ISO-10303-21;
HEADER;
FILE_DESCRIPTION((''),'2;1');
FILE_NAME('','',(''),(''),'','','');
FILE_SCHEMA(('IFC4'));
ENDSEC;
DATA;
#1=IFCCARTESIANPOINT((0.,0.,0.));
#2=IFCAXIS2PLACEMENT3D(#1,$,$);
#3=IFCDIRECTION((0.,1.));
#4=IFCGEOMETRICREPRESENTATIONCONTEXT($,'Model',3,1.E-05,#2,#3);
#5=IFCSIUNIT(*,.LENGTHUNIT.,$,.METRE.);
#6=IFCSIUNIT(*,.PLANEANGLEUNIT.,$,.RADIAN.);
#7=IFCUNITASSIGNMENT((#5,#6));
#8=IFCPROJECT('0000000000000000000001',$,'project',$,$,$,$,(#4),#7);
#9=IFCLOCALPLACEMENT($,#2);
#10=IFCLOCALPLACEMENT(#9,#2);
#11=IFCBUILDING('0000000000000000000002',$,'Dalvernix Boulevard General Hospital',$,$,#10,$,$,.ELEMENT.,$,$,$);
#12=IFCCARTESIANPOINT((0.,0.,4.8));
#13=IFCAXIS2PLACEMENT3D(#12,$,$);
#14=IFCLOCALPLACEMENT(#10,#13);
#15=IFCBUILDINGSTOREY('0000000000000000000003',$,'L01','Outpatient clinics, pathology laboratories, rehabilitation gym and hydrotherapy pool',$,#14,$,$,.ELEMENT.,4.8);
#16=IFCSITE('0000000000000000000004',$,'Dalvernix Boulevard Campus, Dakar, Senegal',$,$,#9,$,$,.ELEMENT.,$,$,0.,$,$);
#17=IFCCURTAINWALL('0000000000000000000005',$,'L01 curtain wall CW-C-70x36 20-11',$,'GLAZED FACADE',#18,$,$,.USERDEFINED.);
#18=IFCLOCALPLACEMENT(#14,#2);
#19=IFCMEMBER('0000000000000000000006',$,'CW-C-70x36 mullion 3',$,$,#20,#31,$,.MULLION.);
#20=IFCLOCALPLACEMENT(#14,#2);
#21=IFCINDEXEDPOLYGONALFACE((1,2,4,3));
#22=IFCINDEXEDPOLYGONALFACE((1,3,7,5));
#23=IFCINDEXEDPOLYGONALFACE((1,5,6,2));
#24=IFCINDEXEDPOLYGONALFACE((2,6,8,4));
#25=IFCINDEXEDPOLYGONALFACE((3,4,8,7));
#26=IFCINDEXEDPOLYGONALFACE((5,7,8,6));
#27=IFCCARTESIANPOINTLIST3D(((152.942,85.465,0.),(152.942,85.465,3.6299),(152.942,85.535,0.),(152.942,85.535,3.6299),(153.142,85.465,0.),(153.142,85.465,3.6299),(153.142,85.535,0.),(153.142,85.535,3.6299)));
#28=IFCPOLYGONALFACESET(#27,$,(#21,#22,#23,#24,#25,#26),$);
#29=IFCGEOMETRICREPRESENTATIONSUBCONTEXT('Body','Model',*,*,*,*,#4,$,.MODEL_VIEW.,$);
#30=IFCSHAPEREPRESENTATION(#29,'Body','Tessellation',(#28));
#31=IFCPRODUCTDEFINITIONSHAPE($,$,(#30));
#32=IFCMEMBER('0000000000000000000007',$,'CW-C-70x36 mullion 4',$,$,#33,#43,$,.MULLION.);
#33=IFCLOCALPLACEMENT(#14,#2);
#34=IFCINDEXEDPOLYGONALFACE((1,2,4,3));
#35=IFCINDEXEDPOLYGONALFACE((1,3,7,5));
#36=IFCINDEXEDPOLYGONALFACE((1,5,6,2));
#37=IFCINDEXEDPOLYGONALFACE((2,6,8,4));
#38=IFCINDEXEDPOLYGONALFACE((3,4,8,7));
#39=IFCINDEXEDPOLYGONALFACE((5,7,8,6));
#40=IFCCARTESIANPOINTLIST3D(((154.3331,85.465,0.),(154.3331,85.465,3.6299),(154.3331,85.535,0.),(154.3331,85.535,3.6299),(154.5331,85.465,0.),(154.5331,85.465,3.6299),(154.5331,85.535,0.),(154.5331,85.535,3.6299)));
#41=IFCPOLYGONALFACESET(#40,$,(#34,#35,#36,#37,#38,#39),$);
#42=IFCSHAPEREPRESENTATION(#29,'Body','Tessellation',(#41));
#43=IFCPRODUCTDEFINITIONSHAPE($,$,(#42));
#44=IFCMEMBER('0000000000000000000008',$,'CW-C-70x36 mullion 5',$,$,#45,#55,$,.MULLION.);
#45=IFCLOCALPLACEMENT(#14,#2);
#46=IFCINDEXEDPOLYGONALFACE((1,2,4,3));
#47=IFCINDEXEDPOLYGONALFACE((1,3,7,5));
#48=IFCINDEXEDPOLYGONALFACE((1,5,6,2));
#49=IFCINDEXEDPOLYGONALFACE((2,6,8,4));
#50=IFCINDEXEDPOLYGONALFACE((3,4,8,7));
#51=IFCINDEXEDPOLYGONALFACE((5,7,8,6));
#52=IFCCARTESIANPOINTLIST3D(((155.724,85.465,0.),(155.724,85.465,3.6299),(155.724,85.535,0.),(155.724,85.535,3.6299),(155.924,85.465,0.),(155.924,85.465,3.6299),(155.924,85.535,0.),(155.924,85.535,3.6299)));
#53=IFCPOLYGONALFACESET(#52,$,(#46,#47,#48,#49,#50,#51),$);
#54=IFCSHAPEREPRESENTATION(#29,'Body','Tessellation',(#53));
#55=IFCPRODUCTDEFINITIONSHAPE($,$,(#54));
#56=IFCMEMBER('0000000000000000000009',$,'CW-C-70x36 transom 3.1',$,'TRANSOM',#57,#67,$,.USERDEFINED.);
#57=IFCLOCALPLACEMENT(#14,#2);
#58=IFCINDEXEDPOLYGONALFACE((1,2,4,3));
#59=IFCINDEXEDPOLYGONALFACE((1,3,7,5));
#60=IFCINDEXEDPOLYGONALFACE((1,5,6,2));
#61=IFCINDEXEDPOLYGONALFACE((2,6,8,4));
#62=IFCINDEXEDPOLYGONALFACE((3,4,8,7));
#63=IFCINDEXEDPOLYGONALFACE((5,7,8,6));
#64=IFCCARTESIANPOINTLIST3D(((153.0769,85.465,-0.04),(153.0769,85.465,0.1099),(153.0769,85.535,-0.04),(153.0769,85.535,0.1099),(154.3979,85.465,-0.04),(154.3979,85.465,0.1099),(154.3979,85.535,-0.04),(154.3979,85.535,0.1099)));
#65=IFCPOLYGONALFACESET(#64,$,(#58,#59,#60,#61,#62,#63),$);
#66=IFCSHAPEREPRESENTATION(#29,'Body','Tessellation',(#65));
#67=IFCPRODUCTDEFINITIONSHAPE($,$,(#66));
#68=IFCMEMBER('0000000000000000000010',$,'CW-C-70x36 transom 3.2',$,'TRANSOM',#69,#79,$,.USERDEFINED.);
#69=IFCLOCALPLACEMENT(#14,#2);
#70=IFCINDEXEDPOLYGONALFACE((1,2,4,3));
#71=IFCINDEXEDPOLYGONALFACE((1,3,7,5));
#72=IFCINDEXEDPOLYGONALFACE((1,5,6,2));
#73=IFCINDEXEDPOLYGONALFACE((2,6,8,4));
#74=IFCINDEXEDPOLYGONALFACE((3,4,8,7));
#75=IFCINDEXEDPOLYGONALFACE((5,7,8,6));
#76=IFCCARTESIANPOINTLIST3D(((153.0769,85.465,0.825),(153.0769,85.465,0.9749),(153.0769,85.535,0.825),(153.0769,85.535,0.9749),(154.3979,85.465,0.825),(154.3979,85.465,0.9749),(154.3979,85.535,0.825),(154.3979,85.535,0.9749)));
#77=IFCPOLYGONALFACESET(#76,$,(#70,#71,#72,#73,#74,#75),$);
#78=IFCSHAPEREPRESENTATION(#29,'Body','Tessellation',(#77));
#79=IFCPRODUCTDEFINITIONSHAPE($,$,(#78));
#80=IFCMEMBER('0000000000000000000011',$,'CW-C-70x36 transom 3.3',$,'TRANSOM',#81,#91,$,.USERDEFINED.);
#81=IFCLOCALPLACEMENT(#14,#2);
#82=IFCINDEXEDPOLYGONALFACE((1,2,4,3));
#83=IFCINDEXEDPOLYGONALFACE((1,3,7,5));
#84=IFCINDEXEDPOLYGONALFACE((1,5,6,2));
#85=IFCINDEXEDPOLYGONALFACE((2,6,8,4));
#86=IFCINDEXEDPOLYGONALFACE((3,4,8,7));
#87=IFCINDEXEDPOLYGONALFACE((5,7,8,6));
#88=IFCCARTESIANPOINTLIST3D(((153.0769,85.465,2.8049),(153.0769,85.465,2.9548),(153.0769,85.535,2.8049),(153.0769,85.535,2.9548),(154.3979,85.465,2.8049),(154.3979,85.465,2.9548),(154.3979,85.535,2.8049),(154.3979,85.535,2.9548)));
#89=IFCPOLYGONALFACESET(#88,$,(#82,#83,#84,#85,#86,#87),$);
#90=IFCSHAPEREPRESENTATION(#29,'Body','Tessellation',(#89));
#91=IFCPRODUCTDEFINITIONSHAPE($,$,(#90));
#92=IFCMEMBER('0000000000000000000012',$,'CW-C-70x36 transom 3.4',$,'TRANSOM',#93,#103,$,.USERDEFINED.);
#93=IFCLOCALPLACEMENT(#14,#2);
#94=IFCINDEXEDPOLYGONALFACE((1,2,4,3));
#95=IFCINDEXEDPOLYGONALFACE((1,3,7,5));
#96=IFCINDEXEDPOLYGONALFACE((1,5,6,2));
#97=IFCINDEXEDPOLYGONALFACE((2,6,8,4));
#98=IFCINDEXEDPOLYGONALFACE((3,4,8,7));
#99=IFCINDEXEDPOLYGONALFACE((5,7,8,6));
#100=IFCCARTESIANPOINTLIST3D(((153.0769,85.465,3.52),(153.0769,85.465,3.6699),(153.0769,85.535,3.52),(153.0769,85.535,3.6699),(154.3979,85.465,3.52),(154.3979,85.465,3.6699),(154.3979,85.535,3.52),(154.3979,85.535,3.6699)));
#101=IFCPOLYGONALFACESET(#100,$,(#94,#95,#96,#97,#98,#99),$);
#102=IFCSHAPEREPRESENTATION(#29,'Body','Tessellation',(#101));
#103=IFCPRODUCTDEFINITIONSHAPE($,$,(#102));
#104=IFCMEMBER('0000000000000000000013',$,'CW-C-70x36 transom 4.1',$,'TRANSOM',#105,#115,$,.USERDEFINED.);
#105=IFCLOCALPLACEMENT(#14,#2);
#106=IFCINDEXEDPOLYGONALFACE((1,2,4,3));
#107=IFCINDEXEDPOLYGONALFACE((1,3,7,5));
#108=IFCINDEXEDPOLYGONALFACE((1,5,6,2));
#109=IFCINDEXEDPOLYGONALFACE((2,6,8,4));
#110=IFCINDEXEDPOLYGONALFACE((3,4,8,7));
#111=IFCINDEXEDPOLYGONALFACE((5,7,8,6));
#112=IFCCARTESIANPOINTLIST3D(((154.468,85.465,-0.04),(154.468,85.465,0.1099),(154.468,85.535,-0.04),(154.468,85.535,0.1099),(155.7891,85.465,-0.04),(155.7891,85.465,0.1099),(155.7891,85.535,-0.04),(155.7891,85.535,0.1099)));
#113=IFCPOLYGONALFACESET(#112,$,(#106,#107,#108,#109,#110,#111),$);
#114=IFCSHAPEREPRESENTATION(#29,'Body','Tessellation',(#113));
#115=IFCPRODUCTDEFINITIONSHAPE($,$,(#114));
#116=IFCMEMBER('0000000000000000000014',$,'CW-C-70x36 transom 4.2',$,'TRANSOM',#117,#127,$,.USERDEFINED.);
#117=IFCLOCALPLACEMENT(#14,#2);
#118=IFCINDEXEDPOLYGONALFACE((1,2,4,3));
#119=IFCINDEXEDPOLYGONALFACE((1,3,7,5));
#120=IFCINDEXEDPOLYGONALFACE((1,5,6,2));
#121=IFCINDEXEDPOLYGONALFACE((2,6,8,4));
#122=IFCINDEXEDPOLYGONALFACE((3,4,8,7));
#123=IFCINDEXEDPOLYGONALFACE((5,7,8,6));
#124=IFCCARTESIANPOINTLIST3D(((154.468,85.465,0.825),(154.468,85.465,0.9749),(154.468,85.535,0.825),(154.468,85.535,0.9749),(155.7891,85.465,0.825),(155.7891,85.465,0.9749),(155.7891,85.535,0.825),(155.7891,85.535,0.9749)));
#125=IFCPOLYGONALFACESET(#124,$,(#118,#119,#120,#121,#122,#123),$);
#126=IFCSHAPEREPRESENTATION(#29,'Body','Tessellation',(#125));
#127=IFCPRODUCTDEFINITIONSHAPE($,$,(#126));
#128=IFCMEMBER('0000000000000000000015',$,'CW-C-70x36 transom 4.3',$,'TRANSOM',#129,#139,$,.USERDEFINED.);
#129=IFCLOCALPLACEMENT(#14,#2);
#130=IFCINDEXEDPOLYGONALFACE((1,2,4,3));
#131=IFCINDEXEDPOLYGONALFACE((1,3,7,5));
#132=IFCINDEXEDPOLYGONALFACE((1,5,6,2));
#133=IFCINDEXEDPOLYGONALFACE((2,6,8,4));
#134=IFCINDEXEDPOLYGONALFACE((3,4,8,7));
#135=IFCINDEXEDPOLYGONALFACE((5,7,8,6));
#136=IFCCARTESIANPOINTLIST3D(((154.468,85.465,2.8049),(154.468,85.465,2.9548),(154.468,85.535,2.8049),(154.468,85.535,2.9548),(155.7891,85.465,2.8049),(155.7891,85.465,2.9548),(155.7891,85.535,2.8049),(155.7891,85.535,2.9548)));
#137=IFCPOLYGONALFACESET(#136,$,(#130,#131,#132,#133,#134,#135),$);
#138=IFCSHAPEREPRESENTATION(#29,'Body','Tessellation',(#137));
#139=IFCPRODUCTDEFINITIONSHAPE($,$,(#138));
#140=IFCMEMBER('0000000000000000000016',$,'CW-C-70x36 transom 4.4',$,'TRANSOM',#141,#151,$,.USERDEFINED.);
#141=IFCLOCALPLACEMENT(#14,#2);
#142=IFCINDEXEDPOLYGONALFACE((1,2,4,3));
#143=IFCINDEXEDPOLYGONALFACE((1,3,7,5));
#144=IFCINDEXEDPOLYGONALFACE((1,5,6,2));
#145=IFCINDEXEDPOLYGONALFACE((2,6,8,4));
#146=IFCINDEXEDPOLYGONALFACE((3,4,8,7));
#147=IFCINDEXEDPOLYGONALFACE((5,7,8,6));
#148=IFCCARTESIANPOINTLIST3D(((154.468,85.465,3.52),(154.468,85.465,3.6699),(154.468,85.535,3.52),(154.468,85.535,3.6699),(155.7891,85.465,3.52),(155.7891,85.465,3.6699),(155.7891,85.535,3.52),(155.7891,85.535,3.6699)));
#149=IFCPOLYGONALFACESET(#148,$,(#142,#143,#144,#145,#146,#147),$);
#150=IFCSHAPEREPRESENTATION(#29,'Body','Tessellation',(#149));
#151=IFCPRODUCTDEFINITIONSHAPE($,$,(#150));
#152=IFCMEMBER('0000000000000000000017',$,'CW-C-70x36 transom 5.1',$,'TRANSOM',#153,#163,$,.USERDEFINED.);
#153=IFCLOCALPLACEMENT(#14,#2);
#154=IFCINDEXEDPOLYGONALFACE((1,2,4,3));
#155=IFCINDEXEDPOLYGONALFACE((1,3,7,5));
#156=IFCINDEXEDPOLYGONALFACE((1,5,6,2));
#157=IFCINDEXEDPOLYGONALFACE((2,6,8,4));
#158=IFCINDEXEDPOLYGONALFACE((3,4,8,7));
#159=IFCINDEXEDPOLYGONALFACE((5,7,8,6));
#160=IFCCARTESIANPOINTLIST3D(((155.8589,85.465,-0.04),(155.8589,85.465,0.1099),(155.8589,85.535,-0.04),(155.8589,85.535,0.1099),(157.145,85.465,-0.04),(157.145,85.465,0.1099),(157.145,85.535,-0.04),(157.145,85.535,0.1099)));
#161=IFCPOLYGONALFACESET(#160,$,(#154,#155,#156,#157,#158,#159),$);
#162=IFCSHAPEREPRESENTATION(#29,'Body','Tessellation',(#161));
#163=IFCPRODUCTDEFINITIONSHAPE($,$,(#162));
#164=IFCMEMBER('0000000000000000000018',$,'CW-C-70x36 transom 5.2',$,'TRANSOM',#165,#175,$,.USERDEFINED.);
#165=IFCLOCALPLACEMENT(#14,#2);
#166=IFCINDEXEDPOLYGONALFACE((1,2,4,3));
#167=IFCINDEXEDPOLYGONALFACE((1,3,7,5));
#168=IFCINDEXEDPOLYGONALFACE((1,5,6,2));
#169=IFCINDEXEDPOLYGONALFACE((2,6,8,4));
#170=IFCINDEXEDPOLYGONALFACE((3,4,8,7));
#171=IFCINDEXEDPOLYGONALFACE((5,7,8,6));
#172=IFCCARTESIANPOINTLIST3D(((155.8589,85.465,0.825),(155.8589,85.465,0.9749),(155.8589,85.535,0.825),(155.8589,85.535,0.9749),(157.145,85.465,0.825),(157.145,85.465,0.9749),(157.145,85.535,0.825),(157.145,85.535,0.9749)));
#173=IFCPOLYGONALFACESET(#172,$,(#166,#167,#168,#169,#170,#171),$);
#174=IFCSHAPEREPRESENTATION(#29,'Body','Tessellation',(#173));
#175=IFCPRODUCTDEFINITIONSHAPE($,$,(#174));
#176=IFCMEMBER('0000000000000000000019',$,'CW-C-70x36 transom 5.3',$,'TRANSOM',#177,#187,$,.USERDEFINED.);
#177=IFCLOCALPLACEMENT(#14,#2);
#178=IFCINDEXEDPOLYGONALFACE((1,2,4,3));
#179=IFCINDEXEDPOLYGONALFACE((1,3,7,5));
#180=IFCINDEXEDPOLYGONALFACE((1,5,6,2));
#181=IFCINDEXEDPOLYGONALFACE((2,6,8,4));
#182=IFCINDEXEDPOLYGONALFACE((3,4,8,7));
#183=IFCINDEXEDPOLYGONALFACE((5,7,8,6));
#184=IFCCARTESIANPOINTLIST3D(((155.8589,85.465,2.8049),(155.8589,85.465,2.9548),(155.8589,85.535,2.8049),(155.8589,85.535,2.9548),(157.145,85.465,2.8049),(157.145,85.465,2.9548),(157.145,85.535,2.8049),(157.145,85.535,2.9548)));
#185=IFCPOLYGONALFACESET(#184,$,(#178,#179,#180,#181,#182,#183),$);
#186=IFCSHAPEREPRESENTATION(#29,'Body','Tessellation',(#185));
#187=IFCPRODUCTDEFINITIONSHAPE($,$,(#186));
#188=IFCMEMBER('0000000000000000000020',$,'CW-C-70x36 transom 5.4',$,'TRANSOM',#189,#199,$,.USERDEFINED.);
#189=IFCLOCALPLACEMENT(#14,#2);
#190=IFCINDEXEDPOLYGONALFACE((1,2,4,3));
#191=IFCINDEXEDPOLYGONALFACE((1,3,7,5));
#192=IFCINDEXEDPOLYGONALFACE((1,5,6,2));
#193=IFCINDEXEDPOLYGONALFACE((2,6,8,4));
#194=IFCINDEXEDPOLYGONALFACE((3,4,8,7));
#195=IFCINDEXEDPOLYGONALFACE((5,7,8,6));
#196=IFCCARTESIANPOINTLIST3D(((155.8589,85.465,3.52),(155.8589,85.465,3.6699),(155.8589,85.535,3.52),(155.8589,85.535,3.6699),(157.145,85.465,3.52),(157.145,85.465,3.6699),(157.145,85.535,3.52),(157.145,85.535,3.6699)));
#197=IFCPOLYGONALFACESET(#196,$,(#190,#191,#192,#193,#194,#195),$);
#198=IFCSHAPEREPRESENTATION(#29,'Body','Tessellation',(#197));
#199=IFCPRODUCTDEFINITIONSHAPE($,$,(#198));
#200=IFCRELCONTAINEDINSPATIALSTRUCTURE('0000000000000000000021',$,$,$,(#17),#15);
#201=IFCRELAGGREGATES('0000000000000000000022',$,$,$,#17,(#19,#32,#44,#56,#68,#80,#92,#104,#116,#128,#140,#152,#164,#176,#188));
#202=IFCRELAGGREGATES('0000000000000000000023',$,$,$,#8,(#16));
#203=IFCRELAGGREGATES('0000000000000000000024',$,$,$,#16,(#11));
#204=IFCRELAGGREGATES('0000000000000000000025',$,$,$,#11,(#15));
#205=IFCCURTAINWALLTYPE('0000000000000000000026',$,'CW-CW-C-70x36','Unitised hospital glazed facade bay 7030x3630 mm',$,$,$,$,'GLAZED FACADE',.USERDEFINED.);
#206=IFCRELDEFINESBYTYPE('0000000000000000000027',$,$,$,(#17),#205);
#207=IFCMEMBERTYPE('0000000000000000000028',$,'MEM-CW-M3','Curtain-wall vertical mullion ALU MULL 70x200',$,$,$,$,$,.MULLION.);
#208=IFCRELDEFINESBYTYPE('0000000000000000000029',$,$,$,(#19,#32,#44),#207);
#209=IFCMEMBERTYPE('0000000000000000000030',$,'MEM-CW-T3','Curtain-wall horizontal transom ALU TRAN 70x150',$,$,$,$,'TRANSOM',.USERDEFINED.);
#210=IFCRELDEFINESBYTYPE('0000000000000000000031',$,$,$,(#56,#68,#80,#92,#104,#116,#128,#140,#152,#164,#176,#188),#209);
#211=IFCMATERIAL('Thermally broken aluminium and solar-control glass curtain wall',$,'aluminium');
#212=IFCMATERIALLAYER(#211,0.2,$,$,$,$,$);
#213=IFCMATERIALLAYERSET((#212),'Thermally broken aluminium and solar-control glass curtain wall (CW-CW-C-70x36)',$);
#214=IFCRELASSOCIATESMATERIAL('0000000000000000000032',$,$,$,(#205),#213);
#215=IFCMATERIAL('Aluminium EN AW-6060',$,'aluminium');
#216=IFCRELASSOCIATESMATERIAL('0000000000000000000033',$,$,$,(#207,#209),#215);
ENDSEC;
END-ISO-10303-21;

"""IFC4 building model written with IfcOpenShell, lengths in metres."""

from ifc_helpers import new_model, si_unit, direction, frame, origin, origin_2d, place, context, subcontext, project, spatial, rectangle, extrude, material, layer, layer_set, material_profile, profile_set, type_object, element, aggregate, save


model = new_model("IFC4")

# Units and contexts
model_context = context("Model", 3, precision=1e-05, world=origin(), true_north=direction((0.0, 1.0)))
body_context = subcontext(model_context, "Body", "Model", "MODEL_VIEW")
ifc_project = project(units=[si_unit("LENGTHUNIT", "METRE"), si_unit("PLANEANGLEUNIT", "RADIAN")], contexts=[model_context])

# Site, building, storey
site_placement = place(None, origin())
site = spatial("IfcSite", under=ifc_project, at=site_placement, Name="Dalvernix Boulevard Campus, Dakar, Senegal", CompositionType="ELEMENT", RefElevation=0.0)
building_placement = place(site_placement, origin())
building = spatial("IfcBuilding", under=site, at=building_placement, Name="Dalvernix Boulevard General Hospital", CompositionType="ELEMENT")
storey_placement = place(building_placement, frame((0.0, 0.0, 4.8)))
storey = spatial("IfcBuildingStorey", under=building, at=storey_placement, Name="L01", Description="Outpatient clinics, pathology laboratories, rehabilitation gym and hydrotherapy pool", CompositionType="ELEMENT", Elevation=4.8)

# Curtain wall, members
ifc_material_1 = material(Name="Thermally broken aluminium and solar-control glass curtain wall", Category="aluminium")
ifc_layer_1 = layer(ifc_material_1, 0.2)
ifc_layer_set_1 = layer_set([ifc_layer_1], Name="Thermally broken aluminium and solar-control glass curtain wall (CW-CW-C-70x36)")
curtain_wall_type = type_object("IfcCurtainWallType", Name="CW-CW-C-70x36", Description="Unitised hospital glazed facade bay 7030x3630 mm", ElementType="GLAZED FACADE", PredefinedType="USERDEFINED", material=ifc_layer_set_1)
curtain_wall_placement = place(storey_placement, origin())
curtain_wall = element("IfcCurtainWall", 1, at=curtain_wall_placement, inside=storey, type_object=curtain_wall_type, Name="L01 curtain wall CW-C-70x36 20-11", ObjectType="GLAZED FACADE", PredefinedType="USERDEFINED")
ifc_material_2 = material(Name="Aluminium EN AW-6060", Category="aluminium")
ifc_material_profile_1 = material_profile(ifc_material_2, rectangle(XDim=0.0701, YDim=0.2, at=origin_2d()), Name="ALU MULL 70x200")
ifc_profile_set_1 = profile_set([ifc_material_profile_1], Name="Aluminium EN AW-6060")
member_type_1 = type_object("IfcMemberType", Name="MEM-CW-M3", Description="Curtain-wall vertical mullion ALU MULL 70x200", PredefinedType="MULLION", material=ifc_profile_set_1)
member_1_placement = place(storey_placement, frame((153.042, 85.5, 0.0), z_axis=(0.0, 0.0, 1.0), x_axis=(0.0, 1.0, 0.0)))
member_1 = element("IfcMember", 2, at=member_1_placement, type_object=member_type_1, Name="CW-C-70x36 mullion 3", PredefinedType="MULLION", context=body_context, shape_type="SweptSolid", body=[
    extrude(rectangle(XDim=0.0701, YDim=0.2, at=origin_2d()), origin(), (0.0, 0.0, 1.0), 3.6299),
])
member_2_placement = place(storey_placement, frame((154.4331, 85.5, 0.0), z_axis=(0.0, 0.0, 1.0), x_axis=(0.0, 1.0, 0.0)))
member_2 = element("IfcMember", 3, at=member_2_placement, type_object=member_type_1, Name="CW-C-70x36 mullion 4", PredefinedType="MULLION", context=body_context, shape_type="SweptSolid", body=[
    extrude(rectangle(XDim=0.0701, YDim=0.2, at=origin_2d()), origin(), (0.0, 0.0, 1.0), 3.6299),
])
member_3_placement = place(storey_placement, frame((155.824, 85.5, 0.0), z_axis=(0.0, 0.0, 1.0), x_axis=(0.0, 1.0, 0.0)))
member_3 = element("IfcMember", 4, at=member_3_placement, type_object=member_type_1, Name="CW-C-70x36 mullion 5", PredefinedType="MULLION", context=body_context, shape_type="SweptSolid", body=[
    extrude(rectangle(XDim=0.0701, YDim=0.2, at=origin_2d()), origin(), (0.0, 0.0, 1.0), 3.6299),
])
ifc_material_profile_2 = material_profile(ifc_material_2, rectangle(XDim=0.0701, YDim=0.1499, at=origin_2d()), Name="ALU TRAN 70x150")
ifc_profile_set_2 = profile_set([ifc_material_profile_2], Name="Aluminium EN AW-6060")
member_type_2 = type_object("IfcMemberType", Name="MEM-CW-T3", Description="Curtain-wall horizontal transom ALU TRAN 70x150", ElementType="TRANSOM", PredefinedType="USERDEFINED", material=ifc_profile_set_2)
member_4_placement = place(storey_placement, frame((153.0769, 85.5, 0.0349), z_axis=(1.0, 0.0, 0.0), x_axis=(0.0, 1.0, 0.0)))
member_4 = element("IfcMember", 5, at=member_4_placement, type_object=member_type_2, Name="CW-C-70x36 transom 3.1", ObjectType="TRANSOM", PredefinedType="USERDEFINED", context=body_context, shape_type="SweptSolid", body=[
    extrude(rectangle(XDim=0.0701, YDim=0.1499, at=origin_2d()), origin(), (0.0, 0.0, 1.0), 1.321),
])
member_5_placement = place(storey_placement, frame((153.0769, 85.5, 0.8999), z_axis=(1.0, 0.0, 0.0), x_axis=(0.0, 1.0, 0.0)))
member_5 = element("IfcMember", 6, at=member_5_placement, type_object=member_type_2, Name="CW-C-70x36 transom 3.2", ObjectType="TRANSOM", PredefinedType="USERDEFINED", context=body_context, shape_type="SweptSolid", body=[
    extrude(rectangle(XDim=0.0701, YDim=0.1499, at=origin_2d()), origin(), (0.0, 0.0, 1.0), 1.321),
])
member_6_placement = place(storey_placement, frame((153.0769, 85.5, 2.8799), z_axis=(1.0, 0.0, 0.0), x_axis=(0.0, 1.0, 0.0)))
member_6 = element("IfcMember", 7, at=member_6_placement, type_object=member_type_2, Name="CW-C-70x36 transom 3.3", ObjectType="TRANSOM", PredefinedType="USERDEFINED", context=body_context, shape_type="SweptSolid", body=[
    extrude(rectangle(XDim=0.0701, YDim=0.1499, at=origin_2d()), origin(), (0.0, 0.0, 1.0), 1.321),
])
member_7_placement = place(storey_placement, frame((153.0769, 85.5, 3.595), z_axis=(1.0, 0.0, 0.0), x_axis=(0.0, 1.0, 0.0)))
member_7 = element("IfcMember", 8, at=member_7_placement, type_object=member_type_2, Name="CW-C-70x36 transom 3.4", ObjectType="TRANSOM", PredefinedType="USERDEFINED", context=body_context, shape_type="SweptSolid", body=[
    extrude(rectangle(XDim=0.0701, YDim=0.1499, at=origin_2d()), origin(), (0.0, 0.0, 1.0), 1.321),
])
member_8_placement = place(storey_placement, frame((154.468, 85.5, 0.0349), z_axis=(1.0, 0.0, 0.0), x_axis=(0.0, 1.0, 0.0)))
member_8 = element("IfcMember", 9, at=member_8_placement, type_object=member_type_2, Name="CW-C-70x36 transom 4.1", ObjectType="TRANSOM", PredefinedType="USERDEFINED", context=body_context, shape_type="SweptSolid", body=[
    extrude(rectangle(XDim=0.0701, YDim=0.1499, at=origin_2d()), origin(), (0.0, 0.0, 1.0), 1.321),
])
member_9_placement = place(storey_placement, frame((154.468, 85.5, 0.8999), z_axis=(1.0, 0.0, 0.0), x_axis=(0.0, 1.0, 0.0)))
member_9 = element("IfcMember", 10, at=member_9_placement, type_object=member_type_2, Name="CW-C-70x36 transom 4.2", ObjectType="TRANSOM", PredefinedType="USERDEFINED", context=body_context, shape_type="SweptSolid", body=[
    extrude(rectangle(XDim=0.0701, YDim=0.1499, at=origin_2d()), origin(), (0.0, 0.0, 1.0), 1.321),
])
member_10_placement = place(storey_placement, frame((154.468, 85.5, 2.8799), z_axis=(1.0, 0.0, 0.0), x_axis=(0.0, 1.0, 0.0)))
member_10 = element("IfcMember", 11, at=member_10_placement, type_object=member_type_2, Name="CW-C-70x36 transom 4.3", ObjectType="TRANSOM", PredefinedType="USERDEFINED", context=body_context, shape_type="SweptSolid", body=[
    extrude(rectangle(XDim=0.0701, YDim=0.1499, at=origin_2d()), origin(), (0.0, 0.0, 1.0), 1.321),
])
member_11_placement = place(storey_placement, frame((154.468, 85.5, 3.595), z_axis=(1.0, 0.0, 0.0), x_axis=(0.0, 1.0, 0.0)))
member_11 = element("IfcMember", 12, at=member_11_placement, type_object=member_type_2, Name="CW-C-70x36 transom 4.4", ObjectType="TRANSOM", PredefinedType="USERDEFINED", context=body_context, shape_type="SweptSolid", body=[
    extrude(rectangle(XDim=0.0701, YDim=0.1499, at=origin_2d()), origin(), (0.0, 0.0, 1.0), 1.321),
])
member_12_placement = place(storey_placement, frame((155.8589, 85.5, 0.0349), z_axis=(1.0, 0.0, 0.0), x_axis=(0.0, 1.0, 0.0)))
member_12 = element("IfcMember", 13, at=member_12_placement, type_object=member_type_2, Name="CW-C-70x36 transom 5.1", ObjectType="TRANSOM", PredefinedType="USERDEFINED", context=body_context, shape_type="SweptSolid", body=[
    extrude(rectangle(XDim=0.0701, YDim=0.1499, at=origin_2d()), origin(), (0.0, 0.0, 1.0), 1.2861),
])
member_13_placement = place(storey_placement, frame((155.8589, 85.5, 0.8999), z_axis=(1.0, 0.0, 0.0), x_axis=(0.0, 1.0, 0.0)))
member_13 = element("IfcMember", 14, at=member_13_placement, type_object=member_type_2, Name="CW-C-70x36 transom 5.2", ObjectType="TRANSOM", PredefinedType="USERDEFINED", context=body_context, shape_type="SweptSolid", body=[
    extrude(rectangle(XDim=0.0701, YDim=0.1499, at=origin_2d()), origin(), (0.0, 0.0, 1.0), 1.2861),
])
member_14_placement = place(storey_placement, frame((155.8589, 85.5, 2.8799), z_axis=(1.0, 0.0, 0.0), x_axis=(0.0, 1.0, 0.0)))
member_14 = element("IfcMember", 15, at=member_14_placement, type_object=member_type_2, Name="CW-C-70x36 transom 5.3", ObjectType="TRANSOM", PredefinedType="USERDEFINED", context=body_context, shape_type="SweptSolid", body=[
    extrude(rectangle(XDim=0.0701, YDim=0.1499, at=origin_2d()), origin(), (0.0, 0.0, 1.0), 1.2861),
])
member_15_placement = place(storey_placement, frame((155.8589, 85.5, 3.595), z_axis=(1.0, 0.0, 0.0), x_axis=(0.0, 1.0, 0.0)))
member_15 = element("IfcMember", 16, at=member_15_placement, type_object=member_type_2, Name="CW-C-70x36 transom 5.4", ObjectType="TRANSOM", PredefinedType="USERDEFINED", context=body_context, shape_type="SweptSolid", body=[
    extrude(rectangle(XDim=0.0701, YDim=0.1499, at=origin_2d()), origin(), (0.0, 0.0, 1.0), 1.2861),
])
aggregate(curtain_wall, [member_1, member_2, member_3, member_4, member_5, member_6, member_7, member_8, member_9, member_10, member_11, member_12, member_13, member_14, member_15])

save(model, "model.ifc")
